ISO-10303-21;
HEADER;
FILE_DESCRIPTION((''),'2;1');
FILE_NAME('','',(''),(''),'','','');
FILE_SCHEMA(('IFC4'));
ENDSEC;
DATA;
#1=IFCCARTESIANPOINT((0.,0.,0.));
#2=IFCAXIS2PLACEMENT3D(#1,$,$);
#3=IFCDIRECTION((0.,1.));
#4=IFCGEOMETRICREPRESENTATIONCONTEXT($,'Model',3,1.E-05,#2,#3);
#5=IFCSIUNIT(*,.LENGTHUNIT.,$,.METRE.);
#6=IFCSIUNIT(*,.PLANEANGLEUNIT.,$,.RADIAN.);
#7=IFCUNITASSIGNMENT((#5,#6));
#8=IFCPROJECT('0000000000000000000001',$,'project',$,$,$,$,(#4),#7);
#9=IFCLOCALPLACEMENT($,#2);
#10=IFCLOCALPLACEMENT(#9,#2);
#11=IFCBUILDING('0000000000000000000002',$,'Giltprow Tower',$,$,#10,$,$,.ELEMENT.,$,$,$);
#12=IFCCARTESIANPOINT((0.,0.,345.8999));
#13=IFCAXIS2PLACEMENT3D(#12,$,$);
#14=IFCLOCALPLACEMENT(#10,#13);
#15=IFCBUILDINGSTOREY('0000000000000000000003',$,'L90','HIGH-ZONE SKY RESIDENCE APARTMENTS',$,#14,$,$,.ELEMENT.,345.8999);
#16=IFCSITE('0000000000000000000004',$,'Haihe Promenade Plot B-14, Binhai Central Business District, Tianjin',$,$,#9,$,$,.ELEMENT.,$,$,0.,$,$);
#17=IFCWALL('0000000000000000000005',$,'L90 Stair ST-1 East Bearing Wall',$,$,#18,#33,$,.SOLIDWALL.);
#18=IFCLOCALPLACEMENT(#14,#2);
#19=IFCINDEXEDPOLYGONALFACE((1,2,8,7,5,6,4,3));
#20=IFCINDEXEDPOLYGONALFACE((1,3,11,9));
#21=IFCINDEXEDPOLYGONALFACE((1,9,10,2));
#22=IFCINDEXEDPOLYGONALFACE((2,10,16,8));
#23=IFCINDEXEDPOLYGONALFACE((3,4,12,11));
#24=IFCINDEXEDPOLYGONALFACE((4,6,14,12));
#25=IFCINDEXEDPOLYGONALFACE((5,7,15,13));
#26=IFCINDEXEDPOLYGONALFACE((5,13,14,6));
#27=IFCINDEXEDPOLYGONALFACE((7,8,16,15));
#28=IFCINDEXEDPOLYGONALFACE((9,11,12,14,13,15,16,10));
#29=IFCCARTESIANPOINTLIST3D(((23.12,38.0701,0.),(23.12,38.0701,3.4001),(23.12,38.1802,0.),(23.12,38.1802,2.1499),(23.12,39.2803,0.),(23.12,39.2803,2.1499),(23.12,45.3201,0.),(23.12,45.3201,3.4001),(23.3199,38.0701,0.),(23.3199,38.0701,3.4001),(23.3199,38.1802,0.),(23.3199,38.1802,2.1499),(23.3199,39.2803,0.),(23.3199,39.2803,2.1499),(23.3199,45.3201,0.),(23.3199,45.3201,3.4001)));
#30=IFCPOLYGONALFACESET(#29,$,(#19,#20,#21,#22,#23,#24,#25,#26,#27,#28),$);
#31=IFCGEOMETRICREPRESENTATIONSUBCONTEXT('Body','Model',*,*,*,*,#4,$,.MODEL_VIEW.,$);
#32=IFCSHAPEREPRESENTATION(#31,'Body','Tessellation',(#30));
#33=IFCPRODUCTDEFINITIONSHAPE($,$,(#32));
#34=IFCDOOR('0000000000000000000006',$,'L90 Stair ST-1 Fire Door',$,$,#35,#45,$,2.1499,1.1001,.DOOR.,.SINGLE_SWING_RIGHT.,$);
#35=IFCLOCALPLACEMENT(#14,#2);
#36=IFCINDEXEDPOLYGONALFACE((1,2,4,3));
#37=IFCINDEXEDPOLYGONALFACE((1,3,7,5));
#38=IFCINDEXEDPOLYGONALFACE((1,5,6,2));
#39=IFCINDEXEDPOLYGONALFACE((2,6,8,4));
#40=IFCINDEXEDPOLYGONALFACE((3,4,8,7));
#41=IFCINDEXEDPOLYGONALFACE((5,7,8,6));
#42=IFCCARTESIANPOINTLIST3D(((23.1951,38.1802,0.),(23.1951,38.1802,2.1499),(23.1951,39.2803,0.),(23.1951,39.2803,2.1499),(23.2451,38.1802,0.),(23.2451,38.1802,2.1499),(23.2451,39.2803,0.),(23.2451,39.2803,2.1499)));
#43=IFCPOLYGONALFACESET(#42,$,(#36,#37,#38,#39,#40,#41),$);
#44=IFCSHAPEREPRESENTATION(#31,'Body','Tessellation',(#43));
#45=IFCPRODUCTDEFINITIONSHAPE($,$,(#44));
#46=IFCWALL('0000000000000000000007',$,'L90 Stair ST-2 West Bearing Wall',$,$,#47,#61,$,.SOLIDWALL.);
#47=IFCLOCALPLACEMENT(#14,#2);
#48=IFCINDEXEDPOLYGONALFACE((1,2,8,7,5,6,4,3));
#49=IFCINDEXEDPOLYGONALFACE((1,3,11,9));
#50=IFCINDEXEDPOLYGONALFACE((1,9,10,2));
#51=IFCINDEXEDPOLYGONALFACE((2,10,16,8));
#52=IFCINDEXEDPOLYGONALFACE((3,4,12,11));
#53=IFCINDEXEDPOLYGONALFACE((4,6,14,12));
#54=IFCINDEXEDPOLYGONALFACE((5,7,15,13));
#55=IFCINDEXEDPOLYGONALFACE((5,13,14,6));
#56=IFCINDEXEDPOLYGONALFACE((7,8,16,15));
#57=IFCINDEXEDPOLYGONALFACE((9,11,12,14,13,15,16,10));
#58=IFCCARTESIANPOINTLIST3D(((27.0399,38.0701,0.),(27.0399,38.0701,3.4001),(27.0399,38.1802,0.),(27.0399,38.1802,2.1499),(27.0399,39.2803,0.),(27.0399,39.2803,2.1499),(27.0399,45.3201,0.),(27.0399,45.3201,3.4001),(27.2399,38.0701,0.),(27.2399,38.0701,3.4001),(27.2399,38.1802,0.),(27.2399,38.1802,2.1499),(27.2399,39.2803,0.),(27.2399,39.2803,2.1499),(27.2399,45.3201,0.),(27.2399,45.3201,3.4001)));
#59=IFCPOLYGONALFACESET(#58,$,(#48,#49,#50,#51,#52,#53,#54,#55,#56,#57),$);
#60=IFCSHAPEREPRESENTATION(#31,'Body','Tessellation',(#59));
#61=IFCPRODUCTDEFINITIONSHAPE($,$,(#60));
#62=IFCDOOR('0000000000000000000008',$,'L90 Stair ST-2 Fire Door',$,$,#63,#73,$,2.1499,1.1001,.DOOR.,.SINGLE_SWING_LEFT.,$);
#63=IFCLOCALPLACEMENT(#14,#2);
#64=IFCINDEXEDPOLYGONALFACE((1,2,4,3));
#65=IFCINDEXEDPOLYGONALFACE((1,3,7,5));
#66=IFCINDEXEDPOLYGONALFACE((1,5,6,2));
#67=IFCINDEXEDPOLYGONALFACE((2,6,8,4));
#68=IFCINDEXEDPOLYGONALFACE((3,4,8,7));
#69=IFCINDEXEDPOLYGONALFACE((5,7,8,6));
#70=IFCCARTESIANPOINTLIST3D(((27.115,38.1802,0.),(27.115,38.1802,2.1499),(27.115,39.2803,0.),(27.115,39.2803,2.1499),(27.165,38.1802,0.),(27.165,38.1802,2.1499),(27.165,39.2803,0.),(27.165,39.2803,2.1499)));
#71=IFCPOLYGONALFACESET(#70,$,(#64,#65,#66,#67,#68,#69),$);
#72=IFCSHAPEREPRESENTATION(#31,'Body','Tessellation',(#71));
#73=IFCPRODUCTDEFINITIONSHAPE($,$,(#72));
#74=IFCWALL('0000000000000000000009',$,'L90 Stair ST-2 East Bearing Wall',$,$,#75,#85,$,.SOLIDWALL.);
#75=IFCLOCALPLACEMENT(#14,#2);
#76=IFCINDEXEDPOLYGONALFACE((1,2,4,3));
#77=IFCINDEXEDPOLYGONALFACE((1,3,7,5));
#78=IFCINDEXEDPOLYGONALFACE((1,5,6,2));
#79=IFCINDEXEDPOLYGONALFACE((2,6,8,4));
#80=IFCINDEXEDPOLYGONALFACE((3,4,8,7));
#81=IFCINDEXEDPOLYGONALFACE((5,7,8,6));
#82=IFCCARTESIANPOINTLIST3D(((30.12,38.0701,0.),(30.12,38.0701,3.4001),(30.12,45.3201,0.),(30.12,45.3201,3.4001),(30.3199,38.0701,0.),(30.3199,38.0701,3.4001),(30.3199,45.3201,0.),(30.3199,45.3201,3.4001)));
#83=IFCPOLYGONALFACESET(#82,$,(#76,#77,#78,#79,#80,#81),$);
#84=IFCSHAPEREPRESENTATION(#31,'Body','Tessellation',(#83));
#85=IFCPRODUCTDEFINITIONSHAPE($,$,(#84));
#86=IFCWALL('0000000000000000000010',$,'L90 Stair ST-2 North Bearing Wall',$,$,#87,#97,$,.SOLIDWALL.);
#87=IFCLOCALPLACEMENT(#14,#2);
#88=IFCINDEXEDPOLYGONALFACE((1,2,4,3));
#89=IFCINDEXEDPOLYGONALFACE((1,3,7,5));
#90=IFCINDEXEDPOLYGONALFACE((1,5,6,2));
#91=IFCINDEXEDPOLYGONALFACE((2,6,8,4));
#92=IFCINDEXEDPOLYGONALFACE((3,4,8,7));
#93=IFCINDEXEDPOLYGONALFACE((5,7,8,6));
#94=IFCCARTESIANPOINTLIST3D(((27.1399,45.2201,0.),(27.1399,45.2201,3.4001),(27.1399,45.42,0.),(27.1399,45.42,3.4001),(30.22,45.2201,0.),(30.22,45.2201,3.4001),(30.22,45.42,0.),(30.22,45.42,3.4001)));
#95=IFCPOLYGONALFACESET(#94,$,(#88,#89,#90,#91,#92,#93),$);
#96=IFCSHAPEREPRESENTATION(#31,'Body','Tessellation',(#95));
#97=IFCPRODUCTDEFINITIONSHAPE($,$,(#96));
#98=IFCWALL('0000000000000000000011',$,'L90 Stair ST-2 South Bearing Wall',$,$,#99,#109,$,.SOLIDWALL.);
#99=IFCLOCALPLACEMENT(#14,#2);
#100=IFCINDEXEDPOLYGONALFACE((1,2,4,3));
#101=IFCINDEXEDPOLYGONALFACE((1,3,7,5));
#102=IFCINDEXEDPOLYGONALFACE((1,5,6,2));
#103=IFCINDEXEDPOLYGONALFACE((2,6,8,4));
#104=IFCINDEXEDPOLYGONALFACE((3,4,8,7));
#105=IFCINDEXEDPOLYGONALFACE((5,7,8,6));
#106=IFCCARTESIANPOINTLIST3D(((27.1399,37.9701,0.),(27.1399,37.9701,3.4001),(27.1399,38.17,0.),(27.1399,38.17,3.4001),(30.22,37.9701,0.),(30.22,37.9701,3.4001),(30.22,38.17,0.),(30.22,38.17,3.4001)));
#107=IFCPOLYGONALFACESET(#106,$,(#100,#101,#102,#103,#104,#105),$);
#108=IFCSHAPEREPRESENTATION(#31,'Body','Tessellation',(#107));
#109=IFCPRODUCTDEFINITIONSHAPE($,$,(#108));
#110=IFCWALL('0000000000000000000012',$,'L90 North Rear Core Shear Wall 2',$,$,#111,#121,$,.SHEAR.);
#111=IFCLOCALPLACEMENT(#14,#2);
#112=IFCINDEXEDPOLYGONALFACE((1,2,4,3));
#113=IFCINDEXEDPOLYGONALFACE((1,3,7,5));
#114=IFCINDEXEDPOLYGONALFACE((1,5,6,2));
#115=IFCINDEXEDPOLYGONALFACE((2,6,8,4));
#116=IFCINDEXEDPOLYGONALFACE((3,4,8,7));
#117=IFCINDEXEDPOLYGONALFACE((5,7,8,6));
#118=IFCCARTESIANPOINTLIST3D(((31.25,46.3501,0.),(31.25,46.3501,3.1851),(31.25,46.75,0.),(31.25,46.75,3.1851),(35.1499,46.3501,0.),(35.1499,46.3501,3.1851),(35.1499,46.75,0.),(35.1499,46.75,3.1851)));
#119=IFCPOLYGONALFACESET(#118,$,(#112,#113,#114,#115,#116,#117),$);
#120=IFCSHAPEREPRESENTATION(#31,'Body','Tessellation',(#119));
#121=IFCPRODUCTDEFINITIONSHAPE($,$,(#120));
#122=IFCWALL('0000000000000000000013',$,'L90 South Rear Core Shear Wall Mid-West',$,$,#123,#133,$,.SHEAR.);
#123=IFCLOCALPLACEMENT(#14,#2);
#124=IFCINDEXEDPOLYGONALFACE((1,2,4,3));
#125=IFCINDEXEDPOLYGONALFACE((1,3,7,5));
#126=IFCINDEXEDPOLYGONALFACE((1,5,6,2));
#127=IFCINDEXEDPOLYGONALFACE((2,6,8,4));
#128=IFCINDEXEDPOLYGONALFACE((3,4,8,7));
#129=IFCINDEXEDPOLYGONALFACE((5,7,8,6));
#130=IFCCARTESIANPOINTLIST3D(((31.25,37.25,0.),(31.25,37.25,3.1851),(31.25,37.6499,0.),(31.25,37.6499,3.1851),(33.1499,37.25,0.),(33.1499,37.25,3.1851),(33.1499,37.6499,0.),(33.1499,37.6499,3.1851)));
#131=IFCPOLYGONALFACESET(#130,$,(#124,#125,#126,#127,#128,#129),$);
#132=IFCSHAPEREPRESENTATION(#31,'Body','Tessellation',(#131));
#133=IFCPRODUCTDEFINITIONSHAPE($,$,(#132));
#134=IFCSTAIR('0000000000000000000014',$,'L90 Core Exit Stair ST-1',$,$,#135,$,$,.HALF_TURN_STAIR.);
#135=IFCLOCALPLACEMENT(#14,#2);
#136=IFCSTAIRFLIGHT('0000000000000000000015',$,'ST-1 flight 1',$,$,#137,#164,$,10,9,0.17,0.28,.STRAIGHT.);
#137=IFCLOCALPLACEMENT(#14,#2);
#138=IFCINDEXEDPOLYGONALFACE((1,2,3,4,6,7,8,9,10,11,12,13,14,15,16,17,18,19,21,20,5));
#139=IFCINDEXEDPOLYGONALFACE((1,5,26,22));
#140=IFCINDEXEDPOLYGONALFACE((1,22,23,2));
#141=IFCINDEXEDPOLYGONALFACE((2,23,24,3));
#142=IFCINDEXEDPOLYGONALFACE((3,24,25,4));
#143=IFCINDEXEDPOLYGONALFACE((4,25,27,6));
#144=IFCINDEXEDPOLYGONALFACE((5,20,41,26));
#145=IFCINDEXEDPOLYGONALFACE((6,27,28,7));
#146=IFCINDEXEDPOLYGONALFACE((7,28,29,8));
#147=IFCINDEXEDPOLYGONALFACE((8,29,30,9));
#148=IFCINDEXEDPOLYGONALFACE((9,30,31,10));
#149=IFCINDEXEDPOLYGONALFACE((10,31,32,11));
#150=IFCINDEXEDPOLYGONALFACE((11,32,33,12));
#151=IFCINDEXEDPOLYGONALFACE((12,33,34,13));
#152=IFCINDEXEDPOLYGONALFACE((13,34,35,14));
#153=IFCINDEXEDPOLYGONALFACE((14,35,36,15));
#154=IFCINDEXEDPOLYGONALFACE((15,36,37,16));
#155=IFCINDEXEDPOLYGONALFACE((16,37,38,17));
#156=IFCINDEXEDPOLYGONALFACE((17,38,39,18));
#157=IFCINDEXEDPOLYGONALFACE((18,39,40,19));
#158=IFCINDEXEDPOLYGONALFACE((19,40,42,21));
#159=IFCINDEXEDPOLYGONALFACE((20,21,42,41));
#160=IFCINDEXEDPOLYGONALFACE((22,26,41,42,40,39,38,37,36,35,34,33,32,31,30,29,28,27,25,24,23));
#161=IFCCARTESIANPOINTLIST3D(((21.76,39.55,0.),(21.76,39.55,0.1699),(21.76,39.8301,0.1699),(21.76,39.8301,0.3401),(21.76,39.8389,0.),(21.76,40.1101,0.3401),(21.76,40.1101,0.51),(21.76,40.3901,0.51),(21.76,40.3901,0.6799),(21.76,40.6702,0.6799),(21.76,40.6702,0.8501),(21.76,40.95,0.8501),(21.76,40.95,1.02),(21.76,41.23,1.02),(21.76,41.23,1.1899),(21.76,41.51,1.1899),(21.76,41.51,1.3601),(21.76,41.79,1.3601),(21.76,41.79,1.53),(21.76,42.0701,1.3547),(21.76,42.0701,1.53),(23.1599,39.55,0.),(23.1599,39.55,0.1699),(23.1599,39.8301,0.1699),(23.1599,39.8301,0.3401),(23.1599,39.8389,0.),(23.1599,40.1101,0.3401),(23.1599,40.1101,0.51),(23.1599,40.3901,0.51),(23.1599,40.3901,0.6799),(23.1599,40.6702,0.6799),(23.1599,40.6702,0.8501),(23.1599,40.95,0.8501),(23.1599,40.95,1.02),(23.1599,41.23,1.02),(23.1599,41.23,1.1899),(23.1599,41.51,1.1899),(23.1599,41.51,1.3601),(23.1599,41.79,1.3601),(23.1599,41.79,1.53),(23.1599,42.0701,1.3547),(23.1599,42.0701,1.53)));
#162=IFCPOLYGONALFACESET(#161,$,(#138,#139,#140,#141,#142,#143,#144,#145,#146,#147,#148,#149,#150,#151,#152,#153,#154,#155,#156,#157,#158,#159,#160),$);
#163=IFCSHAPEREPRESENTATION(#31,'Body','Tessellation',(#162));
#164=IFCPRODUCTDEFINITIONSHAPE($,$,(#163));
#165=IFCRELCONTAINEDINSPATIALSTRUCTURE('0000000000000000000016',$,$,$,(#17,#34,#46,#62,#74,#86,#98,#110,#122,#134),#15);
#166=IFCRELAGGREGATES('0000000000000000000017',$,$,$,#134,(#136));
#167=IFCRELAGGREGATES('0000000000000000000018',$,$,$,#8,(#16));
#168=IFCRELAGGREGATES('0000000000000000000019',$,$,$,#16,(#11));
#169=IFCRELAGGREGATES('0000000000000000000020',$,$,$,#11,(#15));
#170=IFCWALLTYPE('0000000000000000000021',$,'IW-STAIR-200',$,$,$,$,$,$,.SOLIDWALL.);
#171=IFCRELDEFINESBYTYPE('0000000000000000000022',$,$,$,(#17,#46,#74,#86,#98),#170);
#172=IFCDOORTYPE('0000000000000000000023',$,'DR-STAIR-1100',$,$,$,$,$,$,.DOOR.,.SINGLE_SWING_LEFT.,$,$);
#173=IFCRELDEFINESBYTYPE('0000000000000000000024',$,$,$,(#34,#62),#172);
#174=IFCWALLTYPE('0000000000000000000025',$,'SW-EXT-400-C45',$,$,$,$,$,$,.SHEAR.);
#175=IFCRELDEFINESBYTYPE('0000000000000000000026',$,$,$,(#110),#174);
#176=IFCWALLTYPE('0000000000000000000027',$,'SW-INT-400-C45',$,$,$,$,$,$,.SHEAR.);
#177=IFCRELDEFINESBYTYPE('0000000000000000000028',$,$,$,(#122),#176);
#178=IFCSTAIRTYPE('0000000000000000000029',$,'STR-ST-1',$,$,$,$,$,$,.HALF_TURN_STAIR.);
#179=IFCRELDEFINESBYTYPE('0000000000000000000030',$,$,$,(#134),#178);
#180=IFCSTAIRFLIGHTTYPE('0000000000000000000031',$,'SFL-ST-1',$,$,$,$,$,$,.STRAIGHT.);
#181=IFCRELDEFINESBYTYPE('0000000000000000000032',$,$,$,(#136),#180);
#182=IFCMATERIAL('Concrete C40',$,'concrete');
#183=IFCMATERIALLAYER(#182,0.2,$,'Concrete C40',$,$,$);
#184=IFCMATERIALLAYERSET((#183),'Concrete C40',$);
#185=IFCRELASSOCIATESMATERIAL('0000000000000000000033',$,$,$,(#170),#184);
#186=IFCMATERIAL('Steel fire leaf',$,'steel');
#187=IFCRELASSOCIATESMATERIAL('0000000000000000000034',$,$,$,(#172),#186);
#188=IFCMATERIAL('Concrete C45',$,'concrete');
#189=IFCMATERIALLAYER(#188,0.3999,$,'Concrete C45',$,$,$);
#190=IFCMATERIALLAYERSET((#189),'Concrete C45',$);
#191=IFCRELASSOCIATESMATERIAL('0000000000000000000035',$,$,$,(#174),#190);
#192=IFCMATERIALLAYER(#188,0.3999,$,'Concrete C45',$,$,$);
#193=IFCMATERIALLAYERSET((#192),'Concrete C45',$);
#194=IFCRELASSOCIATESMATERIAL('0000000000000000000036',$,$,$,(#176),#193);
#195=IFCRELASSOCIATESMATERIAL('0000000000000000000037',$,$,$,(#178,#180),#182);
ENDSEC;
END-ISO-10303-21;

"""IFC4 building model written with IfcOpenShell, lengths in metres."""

from ifc_helpers import new_model, si_unit, direction, frame, frame_2d, origin, place, context, subcontext, project, spatial, polyline, rectangle, outline, extrude, source, transform, mapped, material, layer, layer_set, type_object, element, fill, aggregate, save


model = new_model("IFC4")

# Units and contexts
model_context = context("Model", 3, precision=1e-05, world=origin(), true_north=direction((0.0, 1.0)))
body_context = subcontext(model_context, "Body", "Model", "MODEL_VIEW")
ifc_project = project(units=[si_unit("LENGTHUNIT", "METRE"), si_unit("PLANEANGLEUNIT", "RADIAN")], contexts=[model_context])

# Site, building, storey
site_placement = place(None, origin())
site = spatial("IfcSite", under=ifc_project, at=site_placement, Name="Haihe Promenade Plot B-14, Binhai Central Business District, Tianjin", CompositionType="ELEMENT", RefElevation=0.0)
building_placement = place(site_placement, origin())
building = spatial("IfcBuilding", under=site, at=building_placement, Name="Giltprow Tower", CompositionType="ELEMENT")
storey_placement = place(building_placement, frame((0.0, 0.0, 345.8999)))
storey = spatial("IfcBuildingStorey", under=building, at=storey_placement, Name="L90", Description="HIGH-ZONE SKY RESIDENCE APARTMENTS", CompositionType="ELEMENT", Elevation=345.8999)

# Shared definitions
ifc_material_1 = material(Name="Concrete C45", Category="concrete")

# Shared definitions
ifc_material_2 = material(Name="Concrete C40", Category="concrete")

# Walls, openings, doors
ifc_layer_1 = layer(ifc_material_2, 0.2, Name="Concrete C40")
ifc_layer_set_1 = layer_set([ifc_layer_1], Name="Concrete C40")
wall_type_1 = type_object("IfcWallType", Name="IW-STAIR-200", PredefinedType="SOLIDWALL", material=ifc_layer_set_1)
wall_1_placement = place(storey_placement, frame((23.22, 38.0701, 0.0), z_axis=(0.0, 0.0, 1.0), x_axis=(0.0, 1.0, 0.0)))
wall_1 = element("IfcWall", 1, at=wall_1_placement, inside=storey, type_object=wall_type_1, Name="L90 Stair ST-1 East Bearing Wall", PredefinedType="SOLIDWALL", context=body_context, shape_type="SweptSolid", body=[
    extrude(rectangle(XDim=7.25, YDim=0.2, at=frame_2d((3.625, 0.0))), origin(), (0.0, 0.0, 1.0), 3.4001),
])
opening_1_placement = place(wall_1_placement, frame((0.1101, 0.0, 0.0)))
opening_1 = element("IfcOpeningElement", 2, at=opening_1_placement, cuts=wall_1, PredefinedType="OPENING", context=body_context, shape_type="SweptSolid", body=[
    extrude(rectangle(XDim=1.1001, YDim=2.1499, at=frame_2d((0.55, 1.075))), frame((0.0, 0.1099, 0.0), z_axis=(0.0, -1.0, 0.0), x_axis=(1.0, 0.0, 0.0)), (0.0, 0.0, 1.0), 0.22),
])
ifc_material_3 = material(Name="Steel fire leaf", Category="steel")
door_type_1 = type_object("IfcDoorType", Name="DR-STAIR-1100", OperationType="SINGLE_SWING_LEFT", PredefinedType="DOOR", material=ifc_material_3)
shared_shape_1 = source(origin(), body_context, "Body", "SweptSolid", [
    extrude(rectangle(XDim=1.1001, YDim=2.1499, at=frame_2d((0.55, 1.075))), frame((0.0, 0.0249, 0.0), z_axis=(0.0, -1.0, 0.0), x_axis=(1.0, 0.0, 0.0)), (0.0, 0.0, 1.0), 0.05),
])
door_1_placement = place(opening_1_placement, origin())
door_1 = element("IfcDoor", 3, at=door_1_placement, inside=storey, type_object=door_type_1, Name="L90 Stair ST-1 Fire Door", OperationType="SINGLE_SWING_RIGHT", OverallHeight=2.1499, OverallWidth=1.1001, PredefinedType="DOOR", context=body_context, shape_type="MappedRepresentation", body=[
    mapped(shared_shape_1, transform((0.0, 0.0, 0.0), x_axis=(1.0, 0.0, 0.0), y_axis=(0.0, 1.0, 0.0), z_axis=(0.0, 0.0, 1.0), scale=1.0)),
])
fill(opening_1, door_1)
wall_2_placement = place(storey_placement, frame((27.1399, 38.0701, 0.0), z_axis=(0.0, 0.0, 1.0), x_axis=(0.0, 1.0, 0.0)))
wall_2 = element("IfcWall", 4, at=wall_2_placement, inside=storey, type_object=wall_type_1, Name="L90 Stair ST-2 West Bearing Wall", PredefinedType="SOLIDWALL", context=body_context, shape_type="SweptSolid", body=[
    extrude(rectangle(XDim=7.25, YDim=0.2, at=frame_2d((3.625, 0.0))), origin(), (0.0, 0.0, 1.0), 3.4001),
])
opening_2_placement = place(wall_2_placement, frame((0.1101, 0.0, 0.0)))
opening_2 = element("IfcOpeningElement", 5, at=opening_2_placement, cuts=wall_2, PredefinedType="OPENING", context=body_context, shape_type="SweptSolid", body=[
    extrude(rectangle(XDim=1.1001, YDim=2.1499, at=frame_2d((0.55, 1.075))), frame((0.0, 0.1099, 0.0), z_axis=(0.0, -1.0, 0.0), x_axis=(1.0, 0.0, 0.0)), (0.0, 0.0, 1.0), 0.22),
])
door_2_placement = place(opening_2_placement, origin())
door_2 = element("IfcDoor", 6, at=door_2_placement, inside=storey, type_object=door_type_1, Name="L90 Stair ST-2 Fire Door", OperationType="SINGLE_SWING_LEFT", OverallHeight=2.1499, OverallWidth=1.1001, PredefinedType="DOOR", context=body_context, shape_type="MappedRepresentation", body=[
    mapped(shared_shape_1, transform((0.0, 0.0, 0.0), x_axis=(1.0, 0.0, 0.0), y_axis=(0.0, 1.0, 0.0), z_axis=(0.0, 0.0, 1.0), scale=1.0)),
])
fill(opening_2, door_2)

# Walls
wall_3_placement = place(storey_placement, frame((30.22, 38.0701, 0.0), z_axis=(0.0, 0.0, 1.0), x_axis=(0.0, 1.0, 0.0)))
element("IfcWall", 7, at=wall_3_placement, inside=storey, type_object=wall_type_1, Name="L90 Stair ST-2 East Bearing Wall", PredefinedType="SOLIDWALL", context=body_context, shape_type="SweptSolid", body=[
    extrude(rectangle(XDim=7.25, YDim=0.2, at=frame_2d((3.625, 0.0))), origin(), (0.0, 0.0, 1.0), 3.4001),
])
for number, where, z_axis, x_axis, name in (
    (8, (27.1399, 45.3201, 0.0), (0.0, 0.0, 1.0), (1.0, 0.0, 0.0), "L90 Stair ST-2 North Bearing Wall"),
    (9, (27.1399, 38.0701, 0.0), (0.0, 0.0, 1.0), (1.0, 0.0, 0.0), "L90 Stair ST-2 South Bearing Wall"),
):
    element("IfcWall", number, at=place(storey_placement, frame(where, z_axis=z_axis, x_axis=x_axis)), inside=storey, type_object=wall_type_1, Name=name, PredefinedType="SOLIDWALL", context=body_context, shape_type="SweptSolid", body=[
        extrude(rectangle(XDim=3.0801, YDim=0.2, at=frame_2d((1.54, 0.0))), origin(), (0.0, 0.0, 1.0), 3.4001),
    ])
ifc_layer_2 = layer(ifc_material_1, 0.3999, Name="Concrete C45")
ifc_layer_set_2 = layer_set([ifc_layer_2], Name="Concrete C45")
wall_type_2 = type_object("IfcWallType", Name="SW-EXT-400-C45", PredefinedType="SHEAR", material=ifc_layer_set_2)
wall_4_placement = place(storey_placement, frame((31.25, 46.55, 0.0), z_axis=(0.0, 0.0, 1.0), x_axis=(1.0, 0.0, 0.0)))
element("IfcWall", 10, at=wall_4_placement, inside=storey, type_object=wall_type_2, Name="L90 North Rear Core Shear Wall 2", PredefinedType="SHEAR", context=body_context, shape_type="SweptSolid", body=[
    extrude(rectangle(XDim=3.8999, YDim=0.3999, at=frame_2d((1.95, 0.0))), origin(), (0.0, 0.0, 1.0), 3.1851),
])
ifc_layer_3 = layer(ifc_material_1, 0.3999, Name="Concrete C45")
ifc_layer_set_3 = layer_set([ifc_layer_3], Name="Concrete C45")
wall_type_3 = type_object("IfcWallType", Name="SW-INT-400-C45", PredefinedType="SHEAR", material=ifc_layer_set_3)
wall_5_placement = place(storey_placement, frame((31.25, 37.45, 0.0), z_axis=(0.0, 0.0, 1.0), x_axis=(1.0, 0.0, 0.0)))
element("IfcWall", 11, at=wall_5_placement, inside=storey, type_object=wall_type_3, Name="L90 South Rear Core Shear Wall Mid-West", PredefinedType="SHEAR", context=body_context, shape_type="SweptSolid", body=[
    extrude(rectangle(XDim=1.8999, YDim=0.3999, at=frame_2d((0.95, 0.0))), origin(), (0.0, 0.0, 1.0), 3.1851),
])

# Stair, stair flight
stair_type_1 = type_object("IfcStairType", Name="STR-ST-1", PredefinedType="HALF_TURN_STAIR", material=ifc_material_2)
stair_1_placement = place(storey_placement, origin())
stair_1 = element("IfcStair", 12, at=stair_1_placement, inside=storey, type_object=stair_type_1, Name="L90 Core Exit Stair ST-1", PredefinedType="HALF_TURN_STAIR")
stair_flight_type_1 = type_object("IfcStairFlightType", Name="SFL-ST-1", PredefinedType="STRAIGHT", material=ifc_material_2)
stair_flight_1_placement = place(storey_placement, frame((22.46, 39.55, 0.0), z_axis=(0.0, 0.0, 1.0), x_axis=(0.0, 1.0, 0.0)))
stair_flight_1 = element("IfcStairFlight", 13, at=stair_flight_1_placement, type_object=stair_flight_type_1, Name="ST-1 flight 1", NumberOfRisers=10, NumberOfTreads=9, PredefinedType="STRAIGHT", RiserHeight=0.17, TreadLength=0.28, context=body_context, shape_type="SweptSolid", body=[
    extrude(outline(polyline([(0.0, 0.0), (0.0, 0.1699), (0.28, 0.1699), (0.28, 0.3401), (0.5601, 0.3401), (0.5601, 0.51), (0.8401, 0.51), (0.8401, 0.6799), (1.1201, 0.6799), (1.1201, 0.8501), (1.3999, 0.8501), (1.3999, 1.02), (1.6799, 1.02), (1.6799, 1.1899), (1.96, 1.1899), (1.96, 1.3601), (2.24, 1.3601), (2.24, 1.53), (2.52, 1.53), (2.52, 1.7), (2.52, 1.3547), (0.2888, 0.0), (0.0, 0.0)])), frame((0.0, 0.7, 0.0), z_axis=(0.0, -1.0, 0.0), x_axis=(1.0, 0.0, 0.0)), (0.0, 0.0, 1.0), 1.3999),
])
aggregate(stair_1, [stair_flight_1])

save(model, "model.ifc")
